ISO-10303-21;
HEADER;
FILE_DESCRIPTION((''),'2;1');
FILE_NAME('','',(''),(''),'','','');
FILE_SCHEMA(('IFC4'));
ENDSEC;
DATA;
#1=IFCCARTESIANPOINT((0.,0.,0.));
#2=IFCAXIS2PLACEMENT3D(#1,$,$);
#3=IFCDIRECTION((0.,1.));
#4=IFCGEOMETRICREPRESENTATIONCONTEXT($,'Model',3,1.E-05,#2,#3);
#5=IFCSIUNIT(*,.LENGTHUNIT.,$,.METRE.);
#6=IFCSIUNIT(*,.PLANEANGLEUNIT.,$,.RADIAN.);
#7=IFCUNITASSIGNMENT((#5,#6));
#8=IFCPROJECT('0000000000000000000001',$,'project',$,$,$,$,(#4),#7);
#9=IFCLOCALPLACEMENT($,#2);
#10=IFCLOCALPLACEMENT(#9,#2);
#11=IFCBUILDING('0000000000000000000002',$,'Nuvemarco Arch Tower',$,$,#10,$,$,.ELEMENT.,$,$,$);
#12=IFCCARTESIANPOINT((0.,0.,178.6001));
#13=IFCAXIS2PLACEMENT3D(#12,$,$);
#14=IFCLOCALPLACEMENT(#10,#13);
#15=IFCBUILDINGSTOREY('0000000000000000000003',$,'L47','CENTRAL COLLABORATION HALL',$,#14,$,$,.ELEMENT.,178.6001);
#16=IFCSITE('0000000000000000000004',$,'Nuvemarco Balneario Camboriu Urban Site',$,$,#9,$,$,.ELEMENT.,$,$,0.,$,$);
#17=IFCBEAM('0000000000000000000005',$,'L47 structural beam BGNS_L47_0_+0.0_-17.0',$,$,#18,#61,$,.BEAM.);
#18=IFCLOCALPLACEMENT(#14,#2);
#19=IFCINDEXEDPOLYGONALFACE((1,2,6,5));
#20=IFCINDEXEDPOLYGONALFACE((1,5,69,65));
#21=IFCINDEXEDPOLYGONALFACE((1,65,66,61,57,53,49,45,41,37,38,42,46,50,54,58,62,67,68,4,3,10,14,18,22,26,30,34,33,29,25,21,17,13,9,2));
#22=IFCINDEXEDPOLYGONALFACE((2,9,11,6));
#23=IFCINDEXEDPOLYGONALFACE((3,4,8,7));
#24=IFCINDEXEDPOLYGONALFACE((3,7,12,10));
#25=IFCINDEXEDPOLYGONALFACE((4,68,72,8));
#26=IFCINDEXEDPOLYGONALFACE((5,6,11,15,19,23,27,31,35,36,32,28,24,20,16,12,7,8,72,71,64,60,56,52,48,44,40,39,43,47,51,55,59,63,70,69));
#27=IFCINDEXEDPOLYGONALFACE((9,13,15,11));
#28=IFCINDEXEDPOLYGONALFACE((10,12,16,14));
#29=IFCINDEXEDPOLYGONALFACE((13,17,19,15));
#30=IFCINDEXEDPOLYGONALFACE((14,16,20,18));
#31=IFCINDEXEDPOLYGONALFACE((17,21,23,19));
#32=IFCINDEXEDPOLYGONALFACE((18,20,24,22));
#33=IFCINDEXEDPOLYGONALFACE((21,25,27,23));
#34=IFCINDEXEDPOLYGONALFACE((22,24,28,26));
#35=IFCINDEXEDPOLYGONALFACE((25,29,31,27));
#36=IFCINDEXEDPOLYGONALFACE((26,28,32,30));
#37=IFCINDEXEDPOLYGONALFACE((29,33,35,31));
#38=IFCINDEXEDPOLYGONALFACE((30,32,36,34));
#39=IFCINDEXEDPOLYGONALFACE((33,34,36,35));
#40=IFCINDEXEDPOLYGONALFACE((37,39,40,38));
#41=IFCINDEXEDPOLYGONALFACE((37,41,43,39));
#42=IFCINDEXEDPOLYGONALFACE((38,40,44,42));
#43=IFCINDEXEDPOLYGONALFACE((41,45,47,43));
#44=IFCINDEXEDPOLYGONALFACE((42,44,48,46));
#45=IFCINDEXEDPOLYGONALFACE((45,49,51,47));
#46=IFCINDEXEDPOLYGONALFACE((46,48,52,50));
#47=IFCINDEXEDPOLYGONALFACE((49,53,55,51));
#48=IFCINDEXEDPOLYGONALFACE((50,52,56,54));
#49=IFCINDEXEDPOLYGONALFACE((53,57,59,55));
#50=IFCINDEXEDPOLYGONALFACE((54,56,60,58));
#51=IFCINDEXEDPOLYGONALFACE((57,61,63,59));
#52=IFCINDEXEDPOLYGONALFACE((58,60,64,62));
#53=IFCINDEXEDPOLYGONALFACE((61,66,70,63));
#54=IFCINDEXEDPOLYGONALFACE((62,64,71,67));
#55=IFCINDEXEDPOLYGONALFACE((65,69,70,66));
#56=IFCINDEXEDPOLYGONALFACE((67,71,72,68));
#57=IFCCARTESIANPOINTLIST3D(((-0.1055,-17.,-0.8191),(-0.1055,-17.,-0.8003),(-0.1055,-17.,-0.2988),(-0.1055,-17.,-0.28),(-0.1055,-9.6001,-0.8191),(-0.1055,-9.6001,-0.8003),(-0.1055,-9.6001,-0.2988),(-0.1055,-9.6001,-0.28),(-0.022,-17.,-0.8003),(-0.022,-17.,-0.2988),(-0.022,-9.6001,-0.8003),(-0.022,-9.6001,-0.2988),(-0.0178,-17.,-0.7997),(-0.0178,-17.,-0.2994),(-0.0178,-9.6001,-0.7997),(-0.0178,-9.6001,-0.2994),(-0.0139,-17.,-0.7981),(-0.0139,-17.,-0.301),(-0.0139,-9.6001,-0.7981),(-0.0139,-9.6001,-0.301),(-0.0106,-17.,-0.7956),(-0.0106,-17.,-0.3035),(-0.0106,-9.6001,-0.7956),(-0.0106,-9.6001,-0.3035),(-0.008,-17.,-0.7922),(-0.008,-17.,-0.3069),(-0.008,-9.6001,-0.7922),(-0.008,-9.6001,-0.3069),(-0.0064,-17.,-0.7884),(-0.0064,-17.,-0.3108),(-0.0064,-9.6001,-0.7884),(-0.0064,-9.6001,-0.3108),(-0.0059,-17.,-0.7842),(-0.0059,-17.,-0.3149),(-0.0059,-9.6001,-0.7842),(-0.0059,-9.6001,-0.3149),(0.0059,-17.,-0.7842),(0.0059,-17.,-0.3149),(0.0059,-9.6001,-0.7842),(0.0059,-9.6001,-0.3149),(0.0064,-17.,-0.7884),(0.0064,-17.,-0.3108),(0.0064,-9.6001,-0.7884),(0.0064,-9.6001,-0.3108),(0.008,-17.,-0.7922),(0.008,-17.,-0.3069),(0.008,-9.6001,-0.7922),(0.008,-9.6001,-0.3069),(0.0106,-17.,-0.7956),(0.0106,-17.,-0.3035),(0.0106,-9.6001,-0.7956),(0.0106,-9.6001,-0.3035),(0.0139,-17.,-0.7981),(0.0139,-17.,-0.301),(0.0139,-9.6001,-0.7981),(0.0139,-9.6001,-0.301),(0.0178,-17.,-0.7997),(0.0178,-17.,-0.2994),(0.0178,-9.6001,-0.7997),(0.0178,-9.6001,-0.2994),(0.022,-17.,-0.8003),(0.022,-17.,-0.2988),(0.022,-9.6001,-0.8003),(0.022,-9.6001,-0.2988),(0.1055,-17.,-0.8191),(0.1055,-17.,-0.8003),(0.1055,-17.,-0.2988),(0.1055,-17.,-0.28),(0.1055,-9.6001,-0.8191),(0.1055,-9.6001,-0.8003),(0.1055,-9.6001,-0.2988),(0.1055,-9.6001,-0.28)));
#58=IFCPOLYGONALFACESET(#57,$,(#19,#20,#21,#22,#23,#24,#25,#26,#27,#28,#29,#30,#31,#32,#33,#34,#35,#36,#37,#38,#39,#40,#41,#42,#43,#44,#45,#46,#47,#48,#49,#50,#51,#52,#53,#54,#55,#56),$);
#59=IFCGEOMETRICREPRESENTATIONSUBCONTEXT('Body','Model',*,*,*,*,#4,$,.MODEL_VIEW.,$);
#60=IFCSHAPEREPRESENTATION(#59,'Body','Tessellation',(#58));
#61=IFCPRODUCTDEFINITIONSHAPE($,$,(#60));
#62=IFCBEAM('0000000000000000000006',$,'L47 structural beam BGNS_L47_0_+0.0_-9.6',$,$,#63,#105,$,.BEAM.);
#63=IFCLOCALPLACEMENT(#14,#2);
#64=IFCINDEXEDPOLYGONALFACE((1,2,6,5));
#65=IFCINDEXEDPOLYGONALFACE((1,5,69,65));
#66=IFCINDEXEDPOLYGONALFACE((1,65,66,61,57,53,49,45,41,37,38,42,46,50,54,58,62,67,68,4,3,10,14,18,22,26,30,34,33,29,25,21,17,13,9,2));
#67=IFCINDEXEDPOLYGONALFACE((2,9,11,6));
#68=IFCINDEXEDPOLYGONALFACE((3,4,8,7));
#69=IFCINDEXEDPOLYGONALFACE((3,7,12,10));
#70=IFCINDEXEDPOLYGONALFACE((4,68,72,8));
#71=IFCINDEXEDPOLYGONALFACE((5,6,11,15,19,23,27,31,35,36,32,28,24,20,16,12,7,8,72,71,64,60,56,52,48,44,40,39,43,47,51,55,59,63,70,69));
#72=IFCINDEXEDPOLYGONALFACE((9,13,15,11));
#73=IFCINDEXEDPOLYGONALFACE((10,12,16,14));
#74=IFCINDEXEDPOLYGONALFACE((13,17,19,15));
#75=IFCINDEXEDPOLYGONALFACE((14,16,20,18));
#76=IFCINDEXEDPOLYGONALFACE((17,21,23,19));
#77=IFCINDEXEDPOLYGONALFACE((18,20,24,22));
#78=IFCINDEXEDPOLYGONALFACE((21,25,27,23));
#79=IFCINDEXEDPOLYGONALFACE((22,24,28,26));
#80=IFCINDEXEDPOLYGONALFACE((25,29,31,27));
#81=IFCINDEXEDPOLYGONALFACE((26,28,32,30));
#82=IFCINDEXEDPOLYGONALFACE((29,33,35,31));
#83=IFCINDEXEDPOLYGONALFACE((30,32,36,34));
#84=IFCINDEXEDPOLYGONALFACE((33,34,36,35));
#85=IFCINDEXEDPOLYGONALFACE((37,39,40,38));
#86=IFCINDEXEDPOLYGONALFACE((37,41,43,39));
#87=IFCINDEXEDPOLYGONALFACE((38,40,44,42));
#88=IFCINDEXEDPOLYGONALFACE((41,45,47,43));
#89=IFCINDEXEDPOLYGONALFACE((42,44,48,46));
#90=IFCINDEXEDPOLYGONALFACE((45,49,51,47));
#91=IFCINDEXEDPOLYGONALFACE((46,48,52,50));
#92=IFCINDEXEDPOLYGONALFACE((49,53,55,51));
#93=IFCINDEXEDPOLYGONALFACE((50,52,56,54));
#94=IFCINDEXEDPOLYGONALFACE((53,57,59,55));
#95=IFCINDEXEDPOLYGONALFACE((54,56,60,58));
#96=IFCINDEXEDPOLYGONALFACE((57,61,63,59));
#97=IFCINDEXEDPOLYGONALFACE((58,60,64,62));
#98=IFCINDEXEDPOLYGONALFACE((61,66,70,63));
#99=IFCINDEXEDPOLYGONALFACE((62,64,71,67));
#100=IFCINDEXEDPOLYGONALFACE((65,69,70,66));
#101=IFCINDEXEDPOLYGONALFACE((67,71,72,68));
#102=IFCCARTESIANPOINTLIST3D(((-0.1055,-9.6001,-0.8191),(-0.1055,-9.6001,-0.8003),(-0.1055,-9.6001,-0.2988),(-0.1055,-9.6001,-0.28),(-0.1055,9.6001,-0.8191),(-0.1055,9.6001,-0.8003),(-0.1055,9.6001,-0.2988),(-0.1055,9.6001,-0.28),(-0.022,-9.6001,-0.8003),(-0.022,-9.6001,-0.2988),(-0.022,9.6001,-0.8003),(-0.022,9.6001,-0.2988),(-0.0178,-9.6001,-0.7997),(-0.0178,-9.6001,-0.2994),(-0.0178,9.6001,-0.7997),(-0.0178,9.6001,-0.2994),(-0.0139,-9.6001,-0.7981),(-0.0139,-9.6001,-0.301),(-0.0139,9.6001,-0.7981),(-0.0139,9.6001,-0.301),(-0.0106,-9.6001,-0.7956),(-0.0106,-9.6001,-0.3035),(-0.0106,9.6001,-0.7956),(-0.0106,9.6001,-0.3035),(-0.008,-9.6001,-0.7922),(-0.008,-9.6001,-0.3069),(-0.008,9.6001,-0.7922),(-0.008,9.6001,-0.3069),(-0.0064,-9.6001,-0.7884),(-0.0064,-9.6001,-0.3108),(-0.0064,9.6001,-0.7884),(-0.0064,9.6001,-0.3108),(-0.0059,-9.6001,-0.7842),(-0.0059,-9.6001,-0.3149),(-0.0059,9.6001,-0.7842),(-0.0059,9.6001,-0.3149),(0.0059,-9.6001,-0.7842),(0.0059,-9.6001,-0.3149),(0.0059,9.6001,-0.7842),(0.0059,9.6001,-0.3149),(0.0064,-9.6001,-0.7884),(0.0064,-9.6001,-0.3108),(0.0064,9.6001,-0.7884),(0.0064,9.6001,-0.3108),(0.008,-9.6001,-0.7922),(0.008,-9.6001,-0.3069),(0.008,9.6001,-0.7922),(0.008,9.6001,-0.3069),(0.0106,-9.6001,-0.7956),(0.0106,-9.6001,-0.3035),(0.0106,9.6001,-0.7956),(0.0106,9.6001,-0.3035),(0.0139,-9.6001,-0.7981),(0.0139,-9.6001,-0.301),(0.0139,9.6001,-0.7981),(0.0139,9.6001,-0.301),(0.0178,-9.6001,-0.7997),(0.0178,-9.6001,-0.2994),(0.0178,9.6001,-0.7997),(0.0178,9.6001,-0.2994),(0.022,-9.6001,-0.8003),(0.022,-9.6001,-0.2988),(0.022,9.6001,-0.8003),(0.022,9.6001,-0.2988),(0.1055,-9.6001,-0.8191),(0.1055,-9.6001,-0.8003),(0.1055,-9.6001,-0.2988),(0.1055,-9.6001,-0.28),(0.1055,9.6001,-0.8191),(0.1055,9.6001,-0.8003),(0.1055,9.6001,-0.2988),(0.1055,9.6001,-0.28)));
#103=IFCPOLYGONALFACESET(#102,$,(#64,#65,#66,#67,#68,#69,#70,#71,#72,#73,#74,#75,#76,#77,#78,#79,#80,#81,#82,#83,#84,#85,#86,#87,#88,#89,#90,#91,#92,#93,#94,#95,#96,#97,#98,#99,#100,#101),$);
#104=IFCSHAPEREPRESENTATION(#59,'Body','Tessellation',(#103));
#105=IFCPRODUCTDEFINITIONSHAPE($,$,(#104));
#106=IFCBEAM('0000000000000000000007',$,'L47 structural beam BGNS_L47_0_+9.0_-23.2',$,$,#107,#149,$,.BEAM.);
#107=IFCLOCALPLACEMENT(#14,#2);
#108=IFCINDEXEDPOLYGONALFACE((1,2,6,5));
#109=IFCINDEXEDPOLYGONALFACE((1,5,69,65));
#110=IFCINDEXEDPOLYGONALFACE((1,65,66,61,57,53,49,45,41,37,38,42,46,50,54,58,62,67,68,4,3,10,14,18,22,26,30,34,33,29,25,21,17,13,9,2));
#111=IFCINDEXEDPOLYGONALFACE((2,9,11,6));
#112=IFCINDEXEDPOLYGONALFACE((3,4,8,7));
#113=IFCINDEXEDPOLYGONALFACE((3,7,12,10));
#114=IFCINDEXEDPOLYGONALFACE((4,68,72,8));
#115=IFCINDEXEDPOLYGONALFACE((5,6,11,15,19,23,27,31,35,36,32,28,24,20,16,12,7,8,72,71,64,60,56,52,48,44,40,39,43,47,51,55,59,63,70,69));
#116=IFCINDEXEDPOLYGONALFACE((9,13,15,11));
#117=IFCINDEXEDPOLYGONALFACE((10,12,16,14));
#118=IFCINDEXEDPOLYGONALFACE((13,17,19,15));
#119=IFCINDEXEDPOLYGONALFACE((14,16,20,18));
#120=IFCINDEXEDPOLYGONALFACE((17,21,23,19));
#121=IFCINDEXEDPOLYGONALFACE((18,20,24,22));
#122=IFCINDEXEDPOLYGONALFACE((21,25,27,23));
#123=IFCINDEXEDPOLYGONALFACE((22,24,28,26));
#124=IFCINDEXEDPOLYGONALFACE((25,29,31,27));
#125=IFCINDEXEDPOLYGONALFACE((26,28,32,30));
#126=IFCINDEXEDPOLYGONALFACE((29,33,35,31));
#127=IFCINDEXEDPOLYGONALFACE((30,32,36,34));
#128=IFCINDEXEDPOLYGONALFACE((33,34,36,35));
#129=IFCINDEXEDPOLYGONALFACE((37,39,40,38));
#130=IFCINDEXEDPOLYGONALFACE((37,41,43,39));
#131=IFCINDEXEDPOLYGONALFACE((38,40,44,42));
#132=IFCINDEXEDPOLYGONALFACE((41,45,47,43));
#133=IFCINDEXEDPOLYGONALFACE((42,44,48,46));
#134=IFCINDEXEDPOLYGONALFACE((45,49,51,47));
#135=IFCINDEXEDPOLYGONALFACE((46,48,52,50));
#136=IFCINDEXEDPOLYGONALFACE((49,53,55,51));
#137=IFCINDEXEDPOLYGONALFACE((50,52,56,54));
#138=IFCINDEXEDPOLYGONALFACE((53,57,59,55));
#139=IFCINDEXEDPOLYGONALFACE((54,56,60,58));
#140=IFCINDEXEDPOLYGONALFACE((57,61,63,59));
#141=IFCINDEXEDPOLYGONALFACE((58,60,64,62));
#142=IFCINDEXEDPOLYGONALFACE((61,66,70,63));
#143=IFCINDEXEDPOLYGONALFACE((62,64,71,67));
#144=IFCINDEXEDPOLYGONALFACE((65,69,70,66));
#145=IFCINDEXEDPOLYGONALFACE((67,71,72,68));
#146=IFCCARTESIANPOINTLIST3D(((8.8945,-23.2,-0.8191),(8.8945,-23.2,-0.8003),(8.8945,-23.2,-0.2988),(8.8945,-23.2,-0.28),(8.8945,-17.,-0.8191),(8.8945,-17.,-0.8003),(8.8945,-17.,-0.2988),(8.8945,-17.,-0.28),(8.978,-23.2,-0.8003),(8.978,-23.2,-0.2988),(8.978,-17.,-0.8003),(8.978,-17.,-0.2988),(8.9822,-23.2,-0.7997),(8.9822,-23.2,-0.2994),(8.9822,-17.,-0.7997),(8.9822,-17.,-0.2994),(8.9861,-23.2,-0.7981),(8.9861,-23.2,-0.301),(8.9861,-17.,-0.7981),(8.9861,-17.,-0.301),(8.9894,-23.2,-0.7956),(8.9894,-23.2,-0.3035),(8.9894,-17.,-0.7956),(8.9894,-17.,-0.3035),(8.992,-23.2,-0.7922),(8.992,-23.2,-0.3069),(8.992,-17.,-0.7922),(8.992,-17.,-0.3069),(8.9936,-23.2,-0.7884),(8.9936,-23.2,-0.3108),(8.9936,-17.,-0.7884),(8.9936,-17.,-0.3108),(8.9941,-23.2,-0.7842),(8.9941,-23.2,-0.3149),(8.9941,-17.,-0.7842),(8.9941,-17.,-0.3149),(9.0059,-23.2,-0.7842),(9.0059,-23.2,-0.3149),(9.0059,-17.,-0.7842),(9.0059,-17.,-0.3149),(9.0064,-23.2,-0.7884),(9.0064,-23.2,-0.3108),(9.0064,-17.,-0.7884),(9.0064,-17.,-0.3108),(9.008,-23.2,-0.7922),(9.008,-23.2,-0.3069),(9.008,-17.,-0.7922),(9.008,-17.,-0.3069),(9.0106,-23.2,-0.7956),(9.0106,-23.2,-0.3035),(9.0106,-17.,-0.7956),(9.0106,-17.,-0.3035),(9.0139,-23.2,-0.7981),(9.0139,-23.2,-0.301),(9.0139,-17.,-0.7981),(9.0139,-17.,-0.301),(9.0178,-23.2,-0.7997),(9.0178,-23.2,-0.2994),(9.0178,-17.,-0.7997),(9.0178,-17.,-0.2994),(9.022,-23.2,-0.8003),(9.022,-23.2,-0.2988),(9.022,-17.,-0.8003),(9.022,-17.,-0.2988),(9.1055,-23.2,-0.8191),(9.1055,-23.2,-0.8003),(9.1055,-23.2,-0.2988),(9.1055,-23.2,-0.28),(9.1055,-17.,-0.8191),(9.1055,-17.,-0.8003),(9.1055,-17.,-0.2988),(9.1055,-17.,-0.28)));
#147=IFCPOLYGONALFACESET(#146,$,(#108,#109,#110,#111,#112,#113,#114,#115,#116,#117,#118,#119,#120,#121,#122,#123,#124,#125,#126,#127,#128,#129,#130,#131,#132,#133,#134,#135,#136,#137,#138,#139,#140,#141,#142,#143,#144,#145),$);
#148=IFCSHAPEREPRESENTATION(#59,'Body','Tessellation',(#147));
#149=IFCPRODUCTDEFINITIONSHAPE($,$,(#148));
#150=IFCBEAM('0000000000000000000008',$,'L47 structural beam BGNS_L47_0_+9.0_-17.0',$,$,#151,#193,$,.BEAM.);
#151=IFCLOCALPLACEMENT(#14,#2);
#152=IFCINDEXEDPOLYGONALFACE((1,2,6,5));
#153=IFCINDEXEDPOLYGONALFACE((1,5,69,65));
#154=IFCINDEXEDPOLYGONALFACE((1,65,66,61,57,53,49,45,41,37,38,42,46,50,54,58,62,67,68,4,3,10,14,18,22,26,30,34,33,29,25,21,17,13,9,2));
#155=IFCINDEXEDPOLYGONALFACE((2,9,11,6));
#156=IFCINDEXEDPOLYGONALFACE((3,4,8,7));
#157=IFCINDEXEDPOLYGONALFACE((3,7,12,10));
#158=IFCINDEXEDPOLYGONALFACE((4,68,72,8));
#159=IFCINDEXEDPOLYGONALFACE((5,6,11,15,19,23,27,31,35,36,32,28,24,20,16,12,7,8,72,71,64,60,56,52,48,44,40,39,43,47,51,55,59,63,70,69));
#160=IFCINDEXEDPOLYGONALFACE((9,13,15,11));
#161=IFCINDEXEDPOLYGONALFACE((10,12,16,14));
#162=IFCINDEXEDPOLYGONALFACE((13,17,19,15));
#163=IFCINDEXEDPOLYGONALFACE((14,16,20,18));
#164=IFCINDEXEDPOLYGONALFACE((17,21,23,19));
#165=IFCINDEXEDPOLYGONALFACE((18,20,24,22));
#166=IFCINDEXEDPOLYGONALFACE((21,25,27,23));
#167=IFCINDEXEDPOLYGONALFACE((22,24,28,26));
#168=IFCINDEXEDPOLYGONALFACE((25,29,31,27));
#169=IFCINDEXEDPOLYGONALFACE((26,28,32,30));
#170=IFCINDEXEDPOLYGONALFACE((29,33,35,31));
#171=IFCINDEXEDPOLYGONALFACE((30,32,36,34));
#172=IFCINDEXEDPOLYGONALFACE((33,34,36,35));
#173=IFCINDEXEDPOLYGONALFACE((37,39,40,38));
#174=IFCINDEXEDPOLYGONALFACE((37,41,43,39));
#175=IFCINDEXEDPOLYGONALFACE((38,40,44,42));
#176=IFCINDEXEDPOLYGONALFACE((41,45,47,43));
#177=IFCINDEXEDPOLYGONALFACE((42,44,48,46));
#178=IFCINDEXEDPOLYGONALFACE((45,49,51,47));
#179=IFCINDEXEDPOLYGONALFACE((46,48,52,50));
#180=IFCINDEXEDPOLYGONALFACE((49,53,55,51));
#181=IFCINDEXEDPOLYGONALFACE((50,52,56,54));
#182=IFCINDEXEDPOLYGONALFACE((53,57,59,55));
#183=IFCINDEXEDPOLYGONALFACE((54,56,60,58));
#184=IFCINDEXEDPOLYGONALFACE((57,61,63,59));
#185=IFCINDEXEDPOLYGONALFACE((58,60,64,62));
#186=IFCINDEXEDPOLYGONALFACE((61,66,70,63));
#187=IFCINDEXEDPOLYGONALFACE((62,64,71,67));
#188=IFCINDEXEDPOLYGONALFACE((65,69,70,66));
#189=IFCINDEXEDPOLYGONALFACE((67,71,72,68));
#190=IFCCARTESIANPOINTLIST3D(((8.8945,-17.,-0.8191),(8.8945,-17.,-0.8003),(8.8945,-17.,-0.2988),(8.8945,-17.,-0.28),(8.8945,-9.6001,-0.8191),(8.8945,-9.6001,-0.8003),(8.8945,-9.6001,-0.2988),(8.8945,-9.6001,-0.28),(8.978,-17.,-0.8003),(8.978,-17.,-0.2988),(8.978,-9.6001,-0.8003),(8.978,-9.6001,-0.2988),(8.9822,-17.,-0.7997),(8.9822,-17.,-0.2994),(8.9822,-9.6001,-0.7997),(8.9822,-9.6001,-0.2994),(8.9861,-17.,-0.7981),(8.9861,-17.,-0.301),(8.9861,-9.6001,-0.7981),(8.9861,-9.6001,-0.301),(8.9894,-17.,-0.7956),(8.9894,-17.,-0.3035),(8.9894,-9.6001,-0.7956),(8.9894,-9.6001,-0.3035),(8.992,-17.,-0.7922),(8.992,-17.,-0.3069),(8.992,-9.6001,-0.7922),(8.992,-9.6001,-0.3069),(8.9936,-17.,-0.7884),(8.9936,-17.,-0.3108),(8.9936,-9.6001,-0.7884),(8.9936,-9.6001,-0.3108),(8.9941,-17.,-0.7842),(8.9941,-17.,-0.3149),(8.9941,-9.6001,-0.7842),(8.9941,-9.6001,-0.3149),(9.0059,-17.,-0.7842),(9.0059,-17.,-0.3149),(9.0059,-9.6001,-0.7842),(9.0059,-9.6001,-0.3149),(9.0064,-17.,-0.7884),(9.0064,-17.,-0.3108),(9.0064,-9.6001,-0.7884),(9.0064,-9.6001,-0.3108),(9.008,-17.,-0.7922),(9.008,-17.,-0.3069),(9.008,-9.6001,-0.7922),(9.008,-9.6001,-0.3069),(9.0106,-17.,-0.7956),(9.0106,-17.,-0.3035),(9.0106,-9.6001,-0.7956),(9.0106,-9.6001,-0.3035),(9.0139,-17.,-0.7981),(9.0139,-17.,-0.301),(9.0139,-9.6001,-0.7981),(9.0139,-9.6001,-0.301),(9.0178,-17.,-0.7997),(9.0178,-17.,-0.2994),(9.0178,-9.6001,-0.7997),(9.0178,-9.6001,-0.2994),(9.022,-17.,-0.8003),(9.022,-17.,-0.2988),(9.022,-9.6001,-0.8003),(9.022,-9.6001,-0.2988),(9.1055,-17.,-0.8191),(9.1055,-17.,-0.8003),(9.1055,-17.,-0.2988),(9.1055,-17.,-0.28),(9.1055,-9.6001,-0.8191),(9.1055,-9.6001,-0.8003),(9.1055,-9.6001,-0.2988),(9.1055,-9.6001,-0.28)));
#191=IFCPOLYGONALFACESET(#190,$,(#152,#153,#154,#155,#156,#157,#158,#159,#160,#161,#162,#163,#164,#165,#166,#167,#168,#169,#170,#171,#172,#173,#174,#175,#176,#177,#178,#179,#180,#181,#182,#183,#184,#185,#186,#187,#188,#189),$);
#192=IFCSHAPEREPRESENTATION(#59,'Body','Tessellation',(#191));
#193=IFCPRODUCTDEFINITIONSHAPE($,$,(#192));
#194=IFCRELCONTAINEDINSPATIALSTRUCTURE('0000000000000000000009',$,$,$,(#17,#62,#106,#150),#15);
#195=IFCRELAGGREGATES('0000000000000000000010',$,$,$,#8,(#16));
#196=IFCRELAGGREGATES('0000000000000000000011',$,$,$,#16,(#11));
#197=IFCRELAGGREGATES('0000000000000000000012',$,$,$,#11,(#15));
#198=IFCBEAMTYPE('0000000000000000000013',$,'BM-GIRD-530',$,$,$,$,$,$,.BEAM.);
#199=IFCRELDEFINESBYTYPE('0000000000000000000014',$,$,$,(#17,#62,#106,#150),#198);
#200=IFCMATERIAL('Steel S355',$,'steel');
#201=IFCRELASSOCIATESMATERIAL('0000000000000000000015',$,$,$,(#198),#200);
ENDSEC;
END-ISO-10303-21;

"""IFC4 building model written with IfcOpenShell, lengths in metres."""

from ifc_helpers import new_model, si_unit, direction, frame, origin, origin_2d, place, context, subcontext, project, spatial, i_section, extrude, material, material_profile, profile_set, type_object, element, save


model = new_model("IFC4")

# Units and contexts
model_context = context("Model", 3, precision=1e-05, world=origin(), true_north=direction((0.0, 1.0)))
body_context = subcontext(model_context, "Body", "Model", "MODEL_VIEW")
ifc_project = project(units=[si_unit("LENGTHUNIT", "METRE"), si_unit("PLANEANGLEUNIT", "RADIAN")], contexts=[model_context])

# Site, building, storey
site_placement = place(None, origin())
site = spatial("IfcSite", under=ifc_project, at=site_placement, Name="Nuvemarco Balneario Camboriu Urban Site", CompositionType="ELEMENT", RefElevation=0.0)
building_placement = place(site_placement, origin())
building = spatial("IfcBuilding", under=site, at=building_placement, Name="Nuvemarco Arch Tower", CompositionType="ELEMENT")
storey_placement = place(building_placement, frame((0.0, 0.0, 178.6001)))
storey = spatial("IfcBuildingStorey", under=building, at=storey_placement, Name="L47", Description="CENTRAL COLLABORATION HALL", CompositionType="ELEMENT", Elevation=178.6001)

# Shared definitions
ifc_material_1 = material(Name="Steel S355", Category="steel")

# Beams
ifc_material_profile_1 = material_profile(ifc_material_1, i_section(OverallWidth=0.2109, OverallDepth=0.5391, WebThickness=0.0117, FlangeThickness=0.0188, FilletRadius=0.0161, at=origin_2d()), Name="W530x109")
ifc_profile_set_1 = profile_set([ifc_material_profile_1], Name="Steel S355")
beam_type_1 = type_object("IfcBeamType", Name="BM-GIRD-530", PredefinedType="BEAM", material=ifc_profile_set_1)
beam_1_placement = place(storey_placement, frame((0.0, -17.0, -0.5496), z_axis=(0.0, 1.0, 0.0), x_axis=(-1.0, 0.0, 0.0)))
element("IfcBeam", 1, at=beam_1_placement, inside=storey, type_object=beam_type_1, Name="L47 structural beam BGNS_L47_0_+0.0_-17.0", PredefinedType="BEAM", context=body_context, shape_type="SweptSolid", body=[
    extrude(i_section(OverallWidth=0.2109, OverallDepth=0.5391, WebThickness=0.0117, FlangeThickness=0.0188, FilletRadius=0.0161, at=origin_2d()), origin(), (0.0, 0.0, 1.0), 7.3999),
])
beam_2_placement = place(storey_placement, frame((0.0, -9.6001, -0.5496), z_axis=(0.0, 1.0, 0.0), x_axis=(-1.0, 0.0, 0.0)))
element("IfcBeam", 2, at=beam_2_placement, inside=storey, type_object=beam_type_1, Name="L47 structural beam BGNS_L47_0_+0.0_-9.6", PredefinedType="BEAM", context=body_context, shape_type="SweptSolid", body=[
    extrude(i_section(OverallWidth=0.2109, OverallDepth=0.5391, WebThickness=0.0117, FlangeThickness=0.0188, FilletRadius=0.0161, at=origin_2d()), origin(), (0.0, 0.0, 1.0), 19.2002),
])
beam_3_placement = place(storey_placement, frame((9.0, -23.2, -0.5496), z_axis=(0.0, 1.0, 0.0), x_axis=(-1.0, 0.0, 0.0)))
element("IfcBeam", 3, at=beam_3_placement, inside=storey, type_object=beam_type_1, Name="L47 structural beam BGNS_L47_0_+9.0_-23.2", PredefinedType="BEAM", context=body_context, shape_type="SweptSolid", body=[
    extrude(i_section(OverallWidth=0.2109, OverallDepth=0.5391, WebThickness=0.0117, FlangeThickness=0.0188, FilletRadius=0.0161, at=origin_2d()), origin(), (0.0, 0.0, 1.0), 6.2),
])
beam_4_placement = place(storey_placement, frame((9.0, -17.0, -0.5496), z_axis=(0.0, 1.0, 0.0), x_axis=(-1.0, 0.0, 0.0)))
element("IfcBeam", 4, at=beam_4_placement, inside=storey, type_object=beam_type_1, Name="L47 structural beam BGNS_L47_0_+9.0_-17.0", PredefinedType="BEAM", context=body_context, shape_type="SweptSolid", body=[
    extrude(i_section(OverallWidth=0.2109, OverallDepth=0.5391, WebThickness=0.0117, FlangeThickness=0.0188, FilletRadius=0.0161, at=origin_2d()), origin(), (0.0, 0.0, 1.0), 7.3999),
])

save(model, "model.ifc")
